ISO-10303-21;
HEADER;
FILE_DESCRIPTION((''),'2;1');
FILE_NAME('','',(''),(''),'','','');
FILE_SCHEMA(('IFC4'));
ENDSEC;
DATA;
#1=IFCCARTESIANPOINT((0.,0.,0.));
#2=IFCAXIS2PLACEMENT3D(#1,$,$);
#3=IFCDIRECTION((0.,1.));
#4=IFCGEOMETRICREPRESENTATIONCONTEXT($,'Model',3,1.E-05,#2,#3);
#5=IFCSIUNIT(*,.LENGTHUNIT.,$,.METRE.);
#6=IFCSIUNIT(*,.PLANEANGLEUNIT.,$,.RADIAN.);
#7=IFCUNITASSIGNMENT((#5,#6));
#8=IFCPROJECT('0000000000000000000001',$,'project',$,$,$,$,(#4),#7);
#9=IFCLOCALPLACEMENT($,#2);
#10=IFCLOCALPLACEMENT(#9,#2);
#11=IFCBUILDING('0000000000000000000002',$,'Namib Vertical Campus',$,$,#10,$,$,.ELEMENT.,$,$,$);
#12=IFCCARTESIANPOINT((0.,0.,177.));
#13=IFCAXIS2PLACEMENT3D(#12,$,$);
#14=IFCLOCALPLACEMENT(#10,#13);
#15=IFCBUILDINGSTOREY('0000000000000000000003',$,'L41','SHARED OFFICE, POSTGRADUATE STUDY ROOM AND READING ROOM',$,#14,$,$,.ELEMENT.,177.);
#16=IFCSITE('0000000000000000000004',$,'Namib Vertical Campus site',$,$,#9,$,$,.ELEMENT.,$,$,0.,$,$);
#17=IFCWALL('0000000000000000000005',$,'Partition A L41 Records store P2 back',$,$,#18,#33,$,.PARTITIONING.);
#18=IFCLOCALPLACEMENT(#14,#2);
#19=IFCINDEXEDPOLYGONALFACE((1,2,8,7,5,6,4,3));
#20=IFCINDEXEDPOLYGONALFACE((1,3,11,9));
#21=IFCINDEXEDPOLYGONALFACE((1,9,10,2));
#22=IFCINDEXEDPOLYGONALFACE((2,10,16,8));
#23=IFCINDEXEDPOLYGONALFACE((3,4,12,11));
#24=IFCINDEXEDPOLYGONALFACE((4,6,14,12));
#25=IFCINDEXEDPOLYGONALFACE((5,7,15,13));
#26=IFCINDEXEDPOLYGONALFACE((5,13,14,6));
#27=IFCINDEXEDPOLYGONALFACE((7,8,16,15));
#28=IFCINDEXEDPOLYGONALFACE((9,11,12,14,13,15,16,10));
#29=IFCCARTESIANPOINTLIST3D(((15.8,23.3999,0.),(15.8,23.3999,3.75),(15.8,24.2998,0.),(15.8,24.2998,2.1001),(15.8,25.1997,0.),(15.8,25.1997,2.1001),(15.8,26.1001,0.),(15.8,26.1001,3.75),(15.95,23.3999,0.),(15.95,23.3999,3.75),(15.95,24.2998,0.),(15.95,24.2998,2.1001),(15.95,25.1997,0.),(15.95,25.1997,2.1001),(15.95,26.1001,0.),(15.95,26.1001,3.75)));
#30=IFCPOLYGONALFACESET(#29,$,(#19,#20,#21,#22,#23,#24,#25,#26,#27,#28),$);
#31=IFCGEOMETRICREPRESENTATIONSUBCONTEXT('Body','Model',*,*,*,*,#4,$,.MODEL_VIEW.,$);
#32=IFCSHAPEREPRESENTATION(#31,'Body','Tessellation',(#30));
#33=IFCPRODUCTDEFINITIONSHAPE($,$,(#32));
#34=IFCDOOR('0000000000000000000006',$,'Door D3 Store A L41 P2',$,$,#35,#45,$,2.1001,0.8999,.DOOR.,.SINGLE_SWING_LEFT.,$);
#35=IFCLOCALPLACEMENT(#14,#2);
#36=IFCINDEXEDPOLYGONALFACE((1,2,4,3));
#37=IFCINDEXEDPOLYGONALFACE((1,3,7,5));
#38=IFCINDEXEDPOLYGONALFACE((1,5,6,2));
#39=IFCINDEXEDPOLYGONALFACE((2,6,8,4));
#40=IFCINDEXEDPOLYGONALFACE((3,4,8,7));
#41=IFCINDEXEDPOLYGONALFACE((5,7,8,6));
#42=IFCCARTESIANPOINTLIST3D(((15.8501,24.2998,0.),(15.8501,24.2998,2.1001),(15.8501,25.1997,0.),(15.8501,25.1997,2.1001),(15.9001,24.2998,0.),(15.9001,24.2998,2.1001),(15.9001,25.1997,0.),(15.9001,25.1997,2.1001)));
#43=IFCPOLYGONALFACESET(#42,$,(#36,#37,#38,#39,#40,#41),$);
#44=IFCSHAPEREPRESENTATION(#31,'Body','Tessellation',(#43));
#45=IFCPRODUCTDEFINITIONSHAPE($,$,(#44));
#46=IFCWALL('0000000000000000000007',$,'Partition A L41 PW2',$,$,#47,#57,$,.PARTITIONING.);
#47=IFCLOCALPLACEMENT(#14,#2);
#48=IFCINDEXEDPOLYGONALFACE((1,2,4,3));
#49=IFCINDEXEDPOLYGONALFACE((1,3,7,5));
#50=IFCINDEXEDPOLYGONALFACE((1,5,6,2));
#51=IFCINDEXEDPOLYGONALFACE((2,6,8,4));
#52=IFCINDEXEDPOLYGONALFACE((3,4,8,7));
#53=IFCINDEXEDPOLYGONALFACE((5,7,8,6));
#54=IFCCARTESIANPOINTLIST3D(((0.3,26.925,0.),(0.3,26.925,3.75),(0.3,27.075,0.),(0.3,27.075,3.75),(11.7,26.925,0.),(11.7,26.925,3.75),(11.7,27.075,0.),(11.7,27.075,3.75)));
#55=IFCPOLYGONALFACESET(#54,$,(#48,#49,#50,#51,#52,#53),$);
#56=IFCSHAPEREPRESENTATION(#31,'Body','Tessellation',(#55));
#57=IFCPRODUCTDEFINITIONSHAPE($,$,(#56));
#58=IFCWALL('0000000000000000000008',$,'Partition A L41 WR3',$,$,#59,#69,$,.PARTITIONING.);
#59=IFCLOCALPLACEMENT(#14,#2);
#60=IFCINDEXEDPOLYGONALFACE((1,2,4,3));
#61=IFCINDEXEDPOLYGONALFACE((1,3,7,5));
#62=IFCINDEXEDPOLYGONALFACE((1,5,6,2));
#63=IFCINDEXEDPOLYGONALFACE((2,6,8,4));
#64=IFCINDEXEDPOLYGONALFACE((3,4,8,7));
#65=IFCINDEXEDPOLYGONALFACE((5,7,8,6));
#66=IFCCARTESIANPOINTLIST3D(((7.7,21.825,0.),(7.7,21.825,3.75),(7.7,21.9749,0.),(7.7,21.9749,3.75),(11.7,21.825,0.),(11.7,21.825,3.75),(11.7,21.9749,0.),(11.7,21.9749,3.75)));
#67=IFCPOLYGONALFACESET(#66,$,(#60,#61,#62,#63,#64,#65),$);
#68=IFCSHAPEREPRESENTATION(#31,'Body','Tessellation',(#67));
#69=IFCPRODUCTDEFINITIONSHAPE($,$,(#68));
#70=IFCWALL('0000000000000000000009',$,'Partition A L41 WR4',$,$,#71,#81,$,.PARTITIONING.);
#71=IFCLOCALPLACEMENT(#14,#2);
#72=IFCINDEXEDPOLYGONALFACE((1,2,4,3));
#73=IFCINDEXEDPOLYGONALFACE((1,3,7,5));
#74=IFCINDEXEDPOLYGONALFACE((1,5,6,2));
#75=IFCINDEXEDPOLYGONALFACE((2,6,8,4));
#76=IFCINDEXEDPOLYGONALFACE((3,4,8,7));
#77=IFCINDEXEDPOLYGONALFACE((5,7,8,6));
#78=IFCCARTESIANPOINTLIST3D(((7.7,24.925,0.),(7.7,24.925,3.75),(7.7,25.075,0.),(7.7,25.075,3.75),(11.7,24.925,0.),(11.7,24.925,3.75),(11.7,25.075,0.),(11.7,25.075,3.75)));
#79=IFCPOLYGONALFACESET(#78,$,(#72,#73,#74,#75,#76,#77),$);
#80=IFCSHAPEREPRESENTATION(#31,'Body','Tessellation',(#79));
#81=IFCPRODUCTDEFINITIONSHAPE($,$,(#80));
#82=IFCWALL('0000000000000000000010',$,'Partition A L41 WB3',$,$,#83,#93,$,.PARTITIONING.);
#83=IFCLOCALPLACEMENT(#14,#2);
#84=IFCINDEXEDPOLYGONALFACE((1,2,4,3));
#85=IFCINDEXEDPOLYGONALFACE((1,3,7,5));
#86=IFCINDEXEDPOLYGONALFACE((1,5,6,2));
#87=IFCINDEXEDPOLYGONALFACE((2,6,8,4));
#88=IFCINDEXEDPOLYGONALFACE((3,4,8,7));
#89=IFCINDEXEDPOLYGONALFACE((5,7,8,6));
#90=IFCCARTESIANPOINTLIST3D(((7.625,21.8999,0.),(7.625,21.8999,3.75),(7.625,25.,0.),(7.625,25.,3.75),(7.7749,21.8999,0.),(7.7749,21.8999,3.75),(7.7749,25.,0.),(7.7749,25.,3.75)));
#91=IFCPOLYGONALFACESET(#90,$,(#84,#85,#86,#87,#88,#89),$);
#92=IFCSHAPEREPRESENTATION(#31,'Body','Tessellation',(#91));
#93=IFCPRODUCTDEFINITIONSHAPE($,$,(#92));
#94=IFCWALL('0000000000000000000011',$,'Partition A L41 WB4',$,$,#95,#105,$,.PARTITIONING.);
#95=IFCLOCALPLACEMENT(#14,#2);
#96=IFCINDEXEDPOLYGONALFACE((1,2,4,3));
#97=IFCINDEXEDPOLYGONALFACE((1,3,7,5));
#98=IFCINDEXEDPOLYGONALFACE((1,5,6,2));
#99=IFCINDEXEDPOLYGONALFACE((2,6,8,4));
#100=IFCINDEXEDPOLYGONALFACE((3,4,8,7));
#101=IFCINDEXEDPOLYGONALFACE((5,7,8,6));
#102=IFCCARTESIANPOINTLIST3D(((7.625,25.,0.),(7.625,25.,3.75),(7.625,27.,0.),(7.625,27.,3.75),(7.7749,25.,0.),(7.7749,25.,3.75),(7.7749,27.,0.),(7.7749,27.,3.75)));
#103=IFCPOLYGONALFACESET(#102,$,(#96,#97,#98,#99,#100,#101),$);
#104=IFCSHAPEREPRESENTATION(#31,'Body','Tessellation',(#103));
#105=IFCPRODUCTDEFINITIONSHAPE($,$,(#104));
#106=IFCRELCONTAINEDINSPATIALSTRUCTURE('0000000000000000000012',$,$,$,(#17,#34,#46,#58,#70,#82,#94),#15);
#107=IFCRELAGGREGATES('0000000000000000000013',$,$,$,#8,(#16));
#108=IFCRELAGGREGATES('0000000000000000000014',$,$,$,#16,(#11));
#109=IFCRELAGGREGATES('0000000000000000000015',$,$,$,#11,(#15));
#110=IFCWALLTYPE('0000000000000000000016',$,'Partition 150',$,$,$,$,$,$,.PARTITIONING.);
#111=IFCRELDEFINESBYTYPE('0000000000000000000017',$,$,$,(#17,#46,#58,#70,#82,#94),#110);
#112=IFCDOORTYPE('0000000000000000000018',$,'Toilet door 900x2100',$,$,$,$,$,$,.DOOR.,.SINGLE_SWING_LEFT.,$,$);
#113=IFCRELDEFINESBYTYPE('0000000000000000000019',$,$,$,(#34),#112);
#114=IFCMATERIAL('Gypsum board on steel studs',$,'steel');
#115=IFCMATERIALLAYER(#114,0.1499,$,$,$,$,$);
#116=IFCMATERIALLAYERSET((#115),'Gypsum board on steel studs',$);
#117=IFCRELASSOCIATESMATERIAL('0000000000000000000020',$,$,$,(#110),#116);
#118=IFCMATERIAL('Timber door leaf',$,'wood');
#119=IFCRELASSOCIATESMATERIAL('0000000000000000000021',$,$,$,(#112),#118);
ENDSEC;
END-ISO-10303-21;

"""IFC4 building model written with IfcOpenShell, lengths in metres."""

from ifc_helpers import new_model, si_unit, direction, frame, frame_2d, origin, place, context, subcontext, project, spatial, rectangle, extrude, material, layer, layer_set, type_object, element, fill, save


model = new_model("IFC4")

# Units and contexts
model_context = context("Model", 3, precision=1e-05, world=origin(), true_north=direction((0.0, 1.0)))
body_context = subcontext(model_context, "Body", "Model", "MODEL_VIEW")
ifc_project = project(units=[si_unit("LENGTHUNIT", "METRE"), si_unit("PLANEANGLEUNIT", "RADIAN")], contexts=[model_context])

# Site, building, storey
site_placement = place(None, origin())
site = spatial("IfcSite", under=ifc_project, at=site_placement, Name="Namib Vertical Campus site", CompositionType="ELEMENT", RefElevation=0.0)
building_placement = place(site_placement, origin())
building = spatial("IfcBuilding", under=site, at=building_placement, Name="Namib Vertical Campus", CompositionType="ELEMENT")
storey_placement = place(building_placement, frame((0.0, 0.0, 177.0)))
storey = spatial("IfcBuildingStorey", under=building, at=storey_placement, Name="L41", Description="SHARED OFFICE, POSTGRADUATE STUDY ROOM AND READING ROOM", CompositionType="ELEMENT", Elevation=177.0)

# Wall, opening, door
ifc_material_1 = material(Name="Gypsum board on steel studs", Category="steel")
ifc_layer_1 = layer(ifc_material_1, 0.1499)
ifc_layer_set_1 = layer_set([ifc_layer_1], Name="Gypsum board on steel studs")
wall_type_1 = type_object("IfcWallType", Name="Partition 150", PredefinedType="PARTITIONING", material=ifc_layer_set_1)
wall_1_placement = place(storey_placement, frame((15.875, 23.3999, 0.0), z_axis=(0.0, 0.0, 1.0), x_axis=(0.0, 1.0, 0.0)))
wall_1 = element("IfcWall", 1, at=wall_1_placement, inside=storey, type_object=wall_type_1, Name="Partition A L41 Records store P2 back", PredefinedType="PARTITIONING", context=body_context, shape_type="SweptSolid", body=[
    extrude(rectangle(XDim=2.7002, YDim=0.1499, at=frame_2d((1.3501, 0.0))), origin(), (0.0, 0.0, 1.0), 3.75),
])
opening_1_placement = place(wall_1_placement, frame((0.8999, 0.0, 0.0)))
opening_1 = element("IfcOpeningElement", 2, at=opening_1_placement, cuts=wall_1, PredefinedType="OPENING", context=body_context, shape_type="SweptSolid", body=[
    extrude(rectangle(XDim=0.8999, YDim=2.1001, at=frame_2d((0.45, 1.05))), frame((0.0, 0.085, 0.0), z_axis=(0.0, -1.0, 0.0), x_axis=(1.0, 0.0, 0.0)), (0.0, 0.0, 1.0), 0.1699),
])
ifc_material_2 = material(Name="Timber door leaf", Category="wood")
door_type_1 = type_object("IfcDoorType", Name="Toilet door 900x2100", OperationType="SINGLE_SWING_LEFT", PredefinedType="DOOR", material=ifc_material_2)
door_1_placement = place(opening_1_placement, origin())
door_1 = element("IfcDoor", 3, at=door_1_placement, inside=storey, type_object=door_type_1, Name="Door D3 Store A L41 P2", OperationType="SINGLE_SWING_LEFT", OverallHeight=2.1001, OverallWidth=0.8999, PredefinedType="DOOR", context=body_context, shape_type="SweptSolid", body=[
    extrude(rectangle(XDim=0.8999, YDim=2.1001, at=frame_2d((0.45, 1.05))), frame((0.0, 0.0249, 0.0), z_axis=(0.0, -1.0, 0.0), x_axis=(1.0, 0.0, 0.0)), (0.0, 0.0, 1.0), 0.05),
])
fill(opening_1, door_1)

# Walls
wall_2_placement = place(storey_placement, frame((0.3, 27.0, 0.0), z_axis=(0.0, 0.0, 1.0), x_axis=(1.0, 0.0, 0.0)))
element("IfcWall", 4, at=wall_2_placement, inside=storey, type_object=wall_type_1, Name="Partition A L41 PW2", PredefinedType="PARTITIONING", context=body_context, shape_type="SweptSolid", body=[
    extrude(rectangle(XDim=11.3999, YDim=0.1499, at=frame_2d((5.7, 0.0))), origin(), (0.0, 0.0, 1.0), 3.75),
])
for number, where, z_axis, x_axis, name in (
    (5, (11.7, 21.8999, 0.0), (0.0, 0.0, 1.0), (-1.0, 0.0, 0.0), "Partition A L41 WR3"),
    (6, (11.7, 25.0, 0.0), (0.0, 0.0, 1.0), (-1.0, 0.0, 0.0), "Partition A L41 WR4"),
):
    element("IfcWall", number, at=place(storey_placement, frame(where, z_axis=z_axis, x_axis=x_axis)), inside=storey, type_object=wall_type_1, Name=name, PredefinedType="PARTITIONING", context=body_context, shape_type="SweptSolid", body=[
        extrude(rectangle(XDim=4.0, YDim=0.1499, at=frame_2d((2.0, 0.0))), origin(), (0.0, 0.0, 1.0), 3.75),
    ])
wall_3_placement = place(storey_placement, frame((7.7, 21.8999, 0.0), z_axis=(0.0, 0.0, 1.0), x_axis=(0.0, 1.0, 0.0)))
element("IfcWall", 7, at=wall_3_placement, inside=storey, type_object=wall_type_1, Name="Partition A L41 WB3", PredefinedType="PARTITIONING", context=body_context, shape_type="SweptSolid", body=[
    extrude(rectangle(XDim=3.1001, YDim=0.1499, at=frame_2d((1.55, 0.0))), origin(), (0.0, 0.0, 1.0), 3.75),
])
wall_4_placement = place(storey_placement, frame((7.7, 25.0, 0.0), z_axis=(0.0, 0.0, 1.0), x_axis=(0.0, 1.0, 0.0)))
element("IfcWall", 8, at=wall_4_placement, inside=storey, type_object=wall_type_1, Name="Partition A L41 WB4", PredefinedType="PARTITIONING", context=body_context, shape_type="SweptSolid", body=[
    extrude(rectangle(XDim=2.0, YDim=0.1499, at=frame_2d((1.0, 0.0))), origin(), (0.0, 0.0, 1.0), 3.75),
])

save(model, "model.ifc")
